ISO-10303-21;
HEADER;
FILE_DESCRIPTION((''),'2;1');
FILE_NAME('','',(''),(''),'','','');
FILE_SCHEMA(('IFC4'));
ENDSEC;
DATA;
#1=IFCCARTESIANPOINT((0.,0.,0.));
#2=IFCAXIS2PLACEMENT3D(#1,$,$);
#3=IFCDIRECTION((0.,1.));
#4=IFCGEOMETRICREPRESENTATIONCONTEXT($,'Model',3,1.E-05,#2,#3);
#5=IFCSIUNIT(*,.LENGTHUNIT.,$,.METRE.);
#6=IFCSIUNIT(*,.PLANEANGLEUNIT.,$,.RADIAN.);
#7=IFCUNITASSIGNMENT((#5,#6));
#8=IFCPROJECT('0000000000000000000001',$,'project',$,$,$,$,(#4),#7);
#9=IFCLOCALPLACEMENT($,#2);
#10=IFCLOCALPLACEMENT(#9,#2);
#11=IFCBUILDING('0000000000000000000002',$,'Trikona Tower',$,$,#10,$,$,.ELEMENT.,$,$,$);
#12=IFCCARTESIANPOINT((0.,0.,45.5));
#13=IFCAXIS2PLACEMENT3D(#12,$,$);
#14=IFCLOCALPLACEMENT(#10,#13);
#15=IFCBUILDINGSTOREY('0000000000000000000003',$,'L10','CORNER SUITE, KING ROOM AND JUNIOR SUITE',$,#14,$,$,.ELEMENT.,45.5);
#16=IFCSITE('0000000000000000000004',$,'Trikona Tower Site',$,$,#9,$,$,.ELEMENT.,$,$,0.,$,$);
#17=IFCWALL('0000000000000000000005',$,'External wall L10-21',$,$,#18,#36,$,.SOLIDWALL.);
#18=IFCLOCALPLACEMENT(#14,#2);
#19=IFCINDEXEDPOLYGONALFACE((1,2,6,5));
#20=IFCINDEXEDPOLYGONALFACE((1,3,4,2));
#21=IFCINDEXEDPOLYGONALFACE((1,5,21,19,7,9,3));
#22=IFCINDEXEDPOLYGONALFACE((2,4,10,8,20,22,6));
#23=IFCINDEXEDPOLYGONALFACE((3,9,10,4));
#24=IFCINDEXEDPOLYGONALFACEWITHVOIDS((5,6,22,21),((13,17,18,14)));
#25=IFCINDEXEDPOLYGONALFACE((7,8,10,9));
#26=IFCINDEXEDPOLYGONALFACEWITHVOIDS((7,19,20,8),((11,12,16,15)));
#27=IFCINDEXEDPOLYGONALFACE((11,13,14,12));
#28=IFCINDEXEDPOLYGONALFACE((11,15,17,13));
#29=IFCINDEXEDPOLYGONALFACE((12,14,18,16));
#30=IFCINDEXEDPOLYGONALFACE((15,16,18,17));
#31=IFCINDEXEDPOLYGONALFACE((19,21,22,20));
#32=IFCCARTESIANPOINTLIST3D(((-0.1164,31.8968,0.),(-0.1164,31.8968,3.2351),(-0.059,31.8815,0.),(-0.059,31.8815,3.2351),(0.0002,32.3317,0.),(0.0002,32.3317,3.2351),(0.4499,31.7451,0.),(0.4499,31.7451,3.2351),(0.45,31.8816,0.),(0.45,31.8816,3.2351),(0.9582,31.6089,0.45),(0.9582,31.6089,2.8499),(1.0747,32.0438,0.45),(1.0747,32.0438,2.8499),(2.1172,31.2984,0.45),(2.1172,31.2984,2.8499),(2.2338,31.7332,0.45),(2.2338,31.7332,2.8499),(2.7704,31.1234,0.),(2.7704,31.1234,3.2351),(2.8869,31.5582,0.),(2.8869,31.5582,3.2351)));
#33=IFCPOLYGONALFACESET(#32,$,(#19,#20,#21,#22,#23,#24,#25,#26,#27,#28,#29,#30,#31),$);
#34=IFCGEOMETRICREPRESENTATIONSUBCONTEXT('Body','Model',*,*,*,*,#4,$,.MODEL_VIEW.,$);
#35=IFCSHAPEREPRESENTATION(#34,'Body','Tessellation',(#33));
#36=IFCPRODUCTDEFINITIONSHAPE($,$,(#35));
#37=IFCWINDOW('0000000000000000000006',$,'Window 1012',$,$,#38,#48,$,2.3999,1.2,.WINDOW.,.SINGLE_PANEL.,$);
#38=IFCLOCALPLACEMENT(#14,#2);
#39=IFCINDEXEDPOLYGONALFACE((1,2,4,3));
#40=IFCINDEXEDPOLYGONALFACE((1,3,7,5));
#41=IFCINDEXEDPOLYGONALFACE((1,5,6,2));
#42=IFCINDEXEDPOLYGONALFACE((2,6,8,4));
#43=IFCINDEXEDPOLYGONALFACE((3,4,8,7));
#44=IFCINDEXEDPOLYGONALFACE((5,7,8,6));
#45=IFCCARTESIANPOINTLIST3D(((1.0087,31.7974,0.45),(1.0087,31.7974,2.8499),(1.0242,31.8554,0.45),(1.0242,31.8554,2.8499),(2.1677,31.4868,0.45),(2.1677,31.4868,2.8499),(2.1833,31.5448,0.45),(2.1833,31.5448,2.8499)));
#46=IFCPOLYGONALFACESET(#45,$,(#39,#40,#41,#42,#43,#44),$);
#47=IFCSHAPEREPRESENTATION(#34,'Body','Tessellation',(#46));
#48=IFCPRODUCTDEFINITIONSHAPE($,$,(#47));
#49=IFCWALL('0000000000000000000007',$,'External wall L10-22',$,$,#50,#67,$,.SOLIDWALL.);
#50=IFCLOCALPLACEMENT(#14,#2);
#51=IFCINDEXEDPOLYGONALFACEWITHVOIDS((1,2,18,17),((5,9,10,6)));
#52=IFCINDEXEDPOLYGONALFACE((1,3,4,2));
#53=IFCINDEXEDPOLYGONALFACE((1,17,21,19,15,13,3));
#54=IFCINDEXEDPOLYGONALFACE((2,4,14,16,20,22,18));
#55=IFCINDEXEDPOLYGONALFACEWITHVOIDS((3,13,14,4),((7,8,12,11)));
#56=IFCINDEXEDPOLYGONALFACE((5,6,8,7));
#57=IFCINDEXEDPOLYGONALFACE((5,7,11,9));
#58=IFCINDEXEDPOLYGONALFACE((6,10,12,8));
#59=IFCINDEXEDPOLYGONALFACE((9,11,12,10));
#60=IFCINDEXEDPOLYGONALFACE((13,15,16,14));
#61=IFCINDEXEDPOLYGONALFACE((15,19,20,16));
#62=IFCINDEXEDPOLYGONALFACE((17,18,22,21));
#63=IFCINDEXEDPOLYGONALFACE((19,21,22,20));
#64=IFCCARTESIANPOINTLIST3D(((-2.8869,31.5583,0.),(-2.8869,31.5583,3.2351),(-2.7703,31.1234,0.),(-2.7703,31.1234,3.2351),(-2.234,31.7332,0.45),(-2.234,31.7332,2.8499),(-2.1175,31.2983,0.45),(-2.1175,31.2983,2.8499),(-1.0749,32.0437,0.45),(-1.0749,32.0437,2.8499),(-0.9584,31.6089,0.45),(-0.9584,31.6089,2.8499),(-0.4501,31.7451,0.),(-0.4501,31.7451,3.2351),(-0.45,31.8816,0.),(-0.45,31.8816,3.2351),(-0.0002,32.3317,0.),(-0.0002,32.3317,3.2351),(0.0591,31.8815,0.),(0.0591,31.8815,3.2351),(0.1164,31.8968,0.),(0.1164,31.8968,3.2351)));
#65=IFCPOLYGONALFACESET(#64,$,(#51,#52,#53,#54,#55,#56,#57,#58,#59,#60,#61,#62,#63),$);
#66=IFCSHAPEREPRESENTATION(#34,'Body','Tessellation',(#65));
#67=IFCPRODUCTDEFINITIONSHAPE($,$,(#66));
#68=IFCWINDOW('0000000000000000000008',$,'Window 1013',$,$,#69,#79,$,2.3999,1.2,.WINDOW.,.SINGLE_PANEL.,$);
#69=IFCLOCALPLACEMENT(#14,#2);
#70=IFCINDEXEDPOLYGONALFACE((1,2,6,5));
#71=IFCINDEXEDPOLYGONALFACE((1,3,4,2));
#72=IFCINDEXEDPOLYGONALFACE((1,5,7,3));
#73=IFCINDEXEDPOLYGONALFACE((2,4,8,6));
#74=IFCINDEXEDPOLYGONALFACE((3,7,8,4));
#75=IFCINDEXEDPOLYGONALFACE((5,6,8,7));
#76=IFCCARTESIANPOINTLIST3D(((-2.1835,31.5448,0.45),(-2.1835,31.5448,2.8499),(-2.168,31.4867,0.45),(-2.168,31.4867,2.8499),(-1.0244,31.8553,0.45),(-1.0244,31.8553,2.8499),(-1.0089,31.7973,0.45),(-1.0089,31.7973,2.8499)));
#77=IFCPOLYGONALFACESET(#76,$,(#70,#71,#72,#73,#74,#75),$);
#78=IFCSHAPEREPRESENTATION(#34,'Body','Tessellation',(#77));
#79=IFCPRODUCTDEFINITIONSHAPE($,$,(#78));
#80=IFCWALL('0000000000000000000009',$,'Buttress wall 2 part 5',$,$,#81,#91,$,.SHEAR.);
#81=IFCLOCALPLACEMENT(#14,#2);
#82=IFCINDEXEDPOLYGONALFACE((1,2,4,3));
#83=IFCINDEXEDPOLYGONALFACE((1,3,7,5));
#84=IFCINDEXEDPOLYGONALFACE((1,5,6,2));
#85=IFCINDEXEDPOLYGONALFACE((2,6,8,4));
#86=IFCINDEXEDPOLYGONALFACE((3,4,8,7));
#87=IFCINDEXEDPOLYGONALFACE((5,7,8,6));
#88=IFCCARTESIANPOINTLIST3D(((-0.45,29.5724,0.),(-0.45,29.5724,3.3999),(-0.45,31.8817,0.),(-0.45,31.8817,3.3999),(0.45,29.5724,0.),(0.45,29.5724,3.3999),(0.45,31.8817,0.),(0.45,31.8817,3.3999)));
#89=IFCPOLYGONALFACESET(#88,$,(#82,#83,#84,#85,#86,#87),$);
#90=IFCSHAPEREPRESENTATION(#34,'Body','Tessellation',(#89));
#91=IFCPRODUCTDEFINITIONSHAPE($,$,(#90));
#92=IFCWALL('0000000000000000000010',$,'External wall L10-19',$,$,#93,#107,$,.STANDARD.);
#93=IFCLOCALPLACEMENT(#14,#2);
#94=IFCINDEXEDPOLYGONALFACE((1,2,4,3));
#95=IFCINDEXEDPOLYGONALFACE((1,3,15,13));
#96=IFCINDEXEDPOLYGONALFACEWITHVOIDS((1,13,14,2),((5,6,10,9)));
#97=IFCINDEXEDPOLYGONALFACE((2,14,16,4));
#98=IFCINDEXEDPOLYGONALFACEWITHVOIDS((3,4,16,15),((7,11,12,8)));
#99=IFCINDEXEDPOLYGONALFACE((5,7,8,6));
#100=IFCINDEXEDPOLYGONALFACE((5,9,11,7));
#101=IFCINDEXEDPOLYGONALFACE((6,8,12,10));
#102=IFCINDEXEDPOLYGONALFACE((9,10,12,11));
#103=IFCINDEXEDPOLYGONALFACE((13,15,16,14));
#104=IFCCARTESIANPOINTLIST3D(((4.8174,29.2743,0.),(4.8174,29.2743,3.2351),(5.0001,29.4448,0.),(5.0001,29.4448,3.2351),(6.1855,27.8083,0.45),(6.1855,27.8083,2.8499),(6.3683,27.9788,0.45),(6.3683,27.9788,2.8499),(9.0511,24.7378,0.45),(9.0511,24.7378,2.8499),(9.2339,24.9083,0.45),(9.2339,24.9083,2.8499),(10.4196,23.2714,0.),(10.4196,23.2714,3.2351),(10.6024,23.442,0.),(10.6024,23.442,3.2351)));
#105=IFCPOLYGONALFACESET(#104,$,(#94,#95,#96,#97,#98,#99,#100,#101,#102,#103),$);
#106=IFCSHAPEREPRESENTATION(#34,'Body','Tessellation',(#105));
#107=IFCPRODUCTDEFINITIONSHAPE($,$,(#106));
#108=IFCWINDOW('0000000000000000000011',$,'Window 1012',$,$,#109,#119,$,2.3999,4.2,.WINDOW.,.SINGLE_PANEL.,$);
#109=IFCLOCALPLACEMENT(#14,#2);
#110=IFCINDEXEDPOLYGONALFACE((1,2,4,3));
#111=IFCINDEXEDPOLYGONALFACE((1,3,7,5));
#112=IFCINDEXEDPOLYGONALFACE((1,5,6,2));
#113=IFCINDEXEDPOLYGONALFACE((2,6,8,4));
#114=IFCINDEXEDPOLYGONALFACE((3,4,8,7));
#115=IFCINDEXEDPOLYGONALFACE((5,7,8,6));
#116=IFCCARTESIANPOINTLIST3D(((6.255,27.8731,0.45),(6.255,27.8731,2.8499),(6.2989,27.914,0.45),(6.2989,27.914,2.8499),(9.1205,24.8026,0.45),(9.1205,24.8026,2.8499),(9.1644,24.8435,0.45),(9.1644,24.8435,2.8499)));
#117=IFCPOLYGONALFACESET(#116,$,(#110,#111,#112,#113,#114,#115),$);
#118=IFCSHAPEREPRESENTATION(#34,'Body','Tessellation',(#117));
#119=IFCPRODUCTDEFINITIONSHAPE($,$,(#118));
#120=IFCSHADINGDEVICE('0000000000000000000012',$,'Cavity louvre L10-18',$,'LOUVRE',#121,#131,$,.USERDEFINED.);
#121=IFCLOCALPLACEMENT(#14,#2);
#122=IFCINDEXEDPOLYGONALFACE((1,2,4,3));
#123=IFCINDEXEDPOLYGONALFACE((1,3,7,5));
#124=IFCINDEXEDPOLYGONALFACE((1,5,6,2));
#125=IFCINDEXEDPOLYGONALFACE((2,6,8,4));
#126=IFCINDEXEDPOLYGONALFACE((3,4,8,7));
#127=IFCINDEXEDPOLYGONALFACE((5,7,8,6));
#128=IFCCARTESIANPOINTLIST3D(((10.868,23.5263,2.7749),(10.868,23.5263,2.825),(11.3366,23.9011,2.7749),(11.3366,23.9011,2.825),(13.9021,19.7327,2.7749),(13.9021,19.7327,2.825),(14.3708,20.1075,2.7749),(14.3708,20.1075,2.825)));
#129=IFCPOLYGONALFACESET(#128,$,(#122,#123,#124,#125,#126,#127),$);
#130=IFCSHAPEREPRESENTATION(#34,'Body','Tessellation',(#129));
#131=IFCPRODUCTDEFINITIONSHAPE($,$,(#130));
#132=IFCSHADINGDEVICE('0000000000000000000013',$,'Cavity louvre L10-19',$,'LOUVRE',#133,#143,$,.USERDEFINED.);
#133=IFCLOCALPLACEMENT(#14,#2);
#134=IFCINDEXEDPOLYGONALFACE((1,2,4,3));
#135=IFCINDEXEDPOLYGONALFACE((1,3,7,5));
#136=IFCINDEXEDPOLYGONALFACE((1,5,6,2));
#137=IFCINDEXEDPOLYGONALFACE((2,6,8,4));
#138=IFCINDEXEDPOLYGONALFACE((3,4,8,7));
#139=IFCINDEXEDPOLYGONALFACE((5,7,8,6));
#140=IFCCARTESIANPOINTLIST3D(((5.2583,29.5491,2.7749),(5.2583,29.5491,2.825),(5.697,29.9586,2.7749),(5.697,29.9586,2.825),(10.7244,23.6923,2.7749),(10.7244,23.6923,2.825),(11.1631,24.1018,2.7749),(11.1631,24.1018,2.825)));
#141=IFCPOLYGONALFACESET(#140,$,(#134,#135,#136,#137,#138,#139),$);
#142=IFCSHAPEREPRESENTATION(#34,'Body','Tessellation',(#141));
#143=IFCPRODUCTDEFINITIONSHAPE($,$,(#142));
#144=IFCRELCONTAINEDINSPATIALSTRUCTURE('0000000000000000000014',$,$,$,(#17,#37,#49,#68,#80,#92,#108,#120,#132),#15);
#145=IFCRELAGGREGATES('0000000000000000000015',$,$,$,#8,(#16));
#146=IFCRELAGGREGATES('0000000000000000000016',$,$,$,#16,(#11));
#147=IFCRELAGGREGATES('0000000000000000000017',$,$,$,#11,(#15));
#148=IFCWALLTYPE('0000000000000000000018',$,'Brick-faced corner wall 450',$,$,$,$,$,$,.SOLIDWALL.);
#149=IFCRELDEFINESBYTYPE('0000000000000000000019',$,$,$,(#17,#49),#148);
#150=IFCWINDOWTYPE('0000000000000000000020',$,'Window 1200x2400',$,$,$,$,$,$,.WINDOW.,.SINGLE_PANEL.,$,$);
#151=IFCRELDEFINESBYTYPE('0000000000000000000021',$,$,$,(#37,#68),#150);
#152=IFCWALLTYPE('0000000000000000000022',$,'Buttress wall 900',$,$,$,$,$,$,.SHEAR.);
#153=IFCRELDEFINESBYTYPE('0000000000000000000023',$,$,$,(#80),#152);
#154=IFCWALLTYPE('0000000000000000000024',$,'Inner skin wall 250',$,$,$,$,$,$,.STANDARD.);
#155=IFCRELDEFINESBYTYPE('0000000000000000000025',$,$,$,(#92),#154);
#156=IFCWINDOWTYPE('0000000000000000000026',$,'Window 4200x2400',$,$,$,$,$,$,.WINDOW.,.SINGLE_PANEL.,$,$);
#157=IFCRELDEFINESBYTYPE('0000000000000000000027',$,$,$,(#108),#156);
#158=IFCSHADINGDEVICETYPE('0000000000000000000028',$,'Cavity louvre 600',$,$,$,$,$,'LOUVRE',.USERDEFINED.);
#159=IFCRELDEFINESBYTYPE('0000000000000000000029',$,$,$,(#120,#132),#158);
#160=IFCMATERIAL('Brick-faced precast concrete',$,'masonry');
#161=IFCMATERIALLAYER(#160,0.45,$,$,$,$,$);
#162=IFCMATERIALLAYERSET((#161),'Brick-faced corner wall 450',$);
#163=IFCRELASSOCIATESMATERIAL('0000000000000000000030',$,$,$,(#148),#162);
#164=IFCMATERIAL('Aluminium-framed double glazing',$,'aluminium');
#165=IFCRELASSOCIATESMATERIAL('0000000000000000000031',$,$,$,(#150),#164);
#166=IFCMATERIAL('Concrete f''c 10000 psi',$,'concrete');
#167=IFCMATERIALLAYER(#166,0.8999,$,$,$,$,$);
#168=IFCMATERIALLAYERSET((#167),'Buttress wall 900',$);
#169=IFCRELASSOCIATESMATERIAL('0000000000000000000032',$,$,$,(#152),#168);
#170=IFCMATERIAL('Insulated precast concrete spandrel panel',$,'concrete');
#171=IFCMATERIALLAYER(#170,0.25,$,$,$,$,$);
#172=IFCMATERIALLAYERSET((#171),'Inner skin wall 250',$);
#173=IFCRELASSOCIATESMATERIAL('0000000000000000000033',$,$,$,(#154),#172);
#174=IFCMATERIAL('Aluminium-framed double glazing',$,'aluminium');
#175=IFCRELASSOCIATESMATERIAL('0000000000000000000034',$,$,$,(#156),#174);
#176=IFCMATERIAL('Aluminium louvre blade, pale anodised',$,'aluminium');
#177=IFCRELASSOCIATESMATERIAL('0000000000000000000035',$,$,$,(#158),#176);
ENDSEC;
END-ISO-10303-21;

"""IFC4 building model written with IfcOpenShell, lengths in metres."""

from ifc_helpers import new_model, si_unit, direction, frame, frame_2d, origin, origin_2d, place, context, subcontext, project, spatial, polyline, rectangle, outline, extrude, material, layer, layer_set, type_object, element, fill, save


model = new_model("IFC4")

# Units and contexts
model_context = context("Model", 3, precision=1e-05, world=origin(), true_north=direction((0.0, 1.0)))
body_context = subcontext(model_context, "Body", "Model", "MODEL_VIEW")
ifc_project = project(units=[si_unit("LENGTHUNIT", "METRE"), si_unit("PLANEANGLEUNIT", "RADIAN")], contexts=[model_context])

# Site, building, storey
site_placement = place(None, origin())
site = spatial("IfcSite", under=ifc_project, at=site_placement, Name="Trikona Tower Site", CompositionType="ELEMENT", RefElevation=0.0)
building_placement = place(site_placement, origin())
building = spatial("IfcBuilding", under=site, at=building_placement, Name="Trikona Tower", CompositionType="ELEMENT")
storey_placement = place(building_placement, frame((0.0, 0.0, 45.5)))
storey = spatial("IfcBuildingStorey", under=building, at=storey_placement, Name="L10", Description="CORNER SUITE, KING ROOM AND JUNIOR SUITE", CompositionType="ELEMENT", Elevation=45.5)

# Walls, openings, windows
ifc_material_1 = material(Name="Brick-faced precast concrete", Category="masonry")
ifc_layer_1 = layer(ifc_material_1, 0.45)
ifc_layer_set_1 = layer_set([ifc_layer_1], Name="Brick-faced corner wall 450")
wall_type_1 = type_object("IfcWallType", Name="Brick-faced corner wall 450", PredefinedType="SOLIDWALL", material=ifc_layer_set_1)
wall_1_placement = place(storey_placement, frame((2.8286, 31.3408, 0.0), z_axis=(0.0, 0.0, 1.0), x_axis=(-0.965931, 0.258801, 0.0)))
wall_1 = element("IfcWall", 1, at=wall_1_placement, inside=storey, type_object=wall_type_1, Name="External wall L10-21", PredefinedType="SOLIDWALL", context=body_context, shape_type="SweptSolid", body=[
    extrude(outline(polyline([(2.9885, 0.2251), (2.9292, 0.2251), (2.4375, 0.0933), (2.4023, 0.2251), (0.0, 0.2251), (0.0, -0.2251), (2.9885, -0.2251), (2.9885, 0.2251)])), origin(), (0.0, 0.0, 1.0), 3.2351),
])
opening_1_placement = place(wall_1_placement, frame((0.676, 0.0, 0.45)))
opening_1 = element("IfcOpeningElement", 2, at=opening_1_placement, cuts=wall_1, PredefinedType="OPENING", context=body_context, shape_type="SweptSolid", body=[
    extrude(rectangle(XDim=1.2, YDim=2.3999, at=frame_2d((0.6001, 1.2))), frame((0.0, 0.2349, 0.0), z_axis=(0.0, -1.0, 0.0), x_axis=(1.0, 0.0, 0.0)), (0.0, 0.0, 1.0), 0.47),
])
ifc_material_2 = material(Name="Aluminium-framed double glazing", Category="aluminium")
window_type_1 = type_object("IfcWindowType", Name="Window 1200x2400", PartitioningType="SINGLE_PANEL", PredefinedType="WINDOW", material=ifc_material_2)
window_1_placement = place(opening_1_placement, origin())
window_1 = element("IfcWindow", 3, at=window_1_placement, inside=storey, type_object=window_type_1, Name="Window 1012", OverallHeight=2.3999, OverallWidth=1.2, PartitioningType="SINGLE_PANEL", PredefinedType="WINDOW", context=body_context, shape_type="SweptSolid", body=[
    extrude(rectangle(XDim=1.2, YDim=2.3999, at=frame_2d((0.6001, 1.2))), frame((0.0, 0.03, 0.0), z_axis=(0.0, -1.0, 0.0), x_axis=(1.0, 0.0, 0.0)), (0.0, 0.0, 1.0), 0.0601),
])
fill(opening_1, window_1)
wall_2_placement = place(storey_placement, frame((0.0581, 32.1143, 0.0), z_axis=(0.0, 0.0, 1.0), x_axis=(-0.965931, -0.258801, 0.0)))
wall_2 = element("IfcWall", 4, at=wall_2_placement, inside=storey, type_object=wall_type_1, Name="External wall L10-22", PredefinedType="SOLIDWALL", context=body_context, shape_type="SweptSolid", body=[
    extrude(outline(polyline([(2.9885, 0.2251), (0.5864, 0.2251), (0.551, 0.0933), (0.0593, 0.2251), (0.0, 0.2251), (0.0, -0.2251), (2.9885, -0.2251), (2.9885, 0.2251)])), origin(), (0.0, 0.0, 1.0), 3.2351),
])
opening_2_placement = place(wall_2_placement, frame((1.1125, 0.0, 0.45)))
opening_2 = element("IfcOpeningElement", 5, at=opening_2_placement, cuts=wall_2, PredefinedType="OPENING", context=body_context, shape_type="SweptSolid", body=[
    extrude(rectangle(XDim=1.2, YDim=2.3999, at=frame_2d((0.6001, 1.2))), frame((0.0, 0.2349, 0.0), z_axis=(0.0, -1.0, 0.0), x_axis=(1.0, 0.0, 0.0)), (0.0, 0.0, 1.0), 0.47),
])
window_2_placement = place(opening_2_placement, origin())
window_2 = element("IfcWindow", 6, at=window_2_placement, inside=storey, type_object=window_type_1, Name="Window 1013", OverallHeight=2.3999, OverallWidth=1.2, PartitioningType="SINGLE_PANEL", PredefinedType="WINDOW", context=body_context, shape_type="SweptSolid", body=[
    extrude(rectangle(XDim=1.2, YDim=2.3999, at=frame_2d((0.6001, 1.2))), frame((0.0, 0.03, 0.0), z_axis=(0.0, -1.0, 0.0), x_axis=(1.0, 0.0, 0.0)), (0.0, 0.0, 1.0), 0.0601),
])
fill(opening_2, window_2)

# Wall
ifc_material_3 = material(Name="Concrete f'c 10000 psi", Category="concrete")
ifc_layer_2 = layer(ifc_material_3, 0.8999)
ifc_layer_set_2 = layer_set([ifc_layer_2], Name="Buttress wall 900")
wall_type_2 = type_object("IfcWallType", Name="Buttress wall 900", PredefinedType="SHEAR", material=ifc_layer_set_2)
wall_3_placement = place(storey_placement, frame((0.0, 29.5723, 0.0), z_axis=(0.0, 0.0, 1.0), x_axis=(0.0, 1.0, 0.0)))
element("IfcWall", 7, at=wall_3_placement, inside=storey, type_object=wall_type_2, Name="Buttress wall 2 part 5", PredefinedType="SHEAR", context=body_context, shape_type="SweptSolid", body=[
    extrude(rectangle(XDim=2.3093, YDim=0.8999, at=frame_2d((1.1548, 0.0))), origin(), (0.0, 0.0, 1.0), 3.3999),
])

# Wall, opening, window
ifc_material_4 = material(Name="Insulated precast concrete spandrel panel", Category="concrete")
ifc_layer_3 = layer(ifc_material_4, 0.25)
ifc_layer_set_3 = layer_set([ifc_layer_3], Name="Inner skin wall 250")
wall_type_3 = type_object("IfcWallType", Name="Inner skin wall 250", PredefinedType="STANDARD", material=ifc_layer_set_3)
wall_4_placement = place(storey_placement, frame((10.511, 23.3567, 0.0), z_axis=(0.0, 0.0, 1.0), x_axis=(-0.68229, 0.731082, 0.0)))
wall_4 = element("IfcWall", 8, at=wall_4_placement, inside=storey, type_object=wall_type_3, Name="External wall L10-19", PredefinedType="STANDARD", context=body_context, shape_type="SweptSolid", body=[
    extrude(rectangle(XDim=8.2109, YDim=0.25, at=frame_2d((4.1055, 0.0))), origin(), (0.0, 0.0, 1.0), 3.2351),
])
opening_3_placement = place(wall_4_placement, frame((2.0056, 0.0, 0.45)))
opening_3 = element("IfcOpeningElement", 9, at=opening_3_placement, cuts=wall_4, PredefinedType="OPENING", context=body_context, shape_type="SweptSolid", body=[
    extrude(rectangle(XDim=4.2, YDim=2.3999, at=frame_2d((2.1001, 1.2))), frame((0.0, 0.135, 0.0), z_axis=(0.0, -1.0, 0.0), x_axis=(1.0, 0.0, 0.0)), (0.0, 0.0, 1.0), 0.27),
])
ifc_material_5 = material(Name="Aluminium-framed double glazing", Category="aluminium")
window_type_2 = type_object("IfcWindowType", Name="Window 4200x2400", PartitioningType="SINGLE_PANEL", PredefinedType="WINDOW", material=ifc_material_5)
window_3_placement = place(opening_3_placement, origin())
window_3 = element("IfcWindow", 10, at=window_3_placement, inside=storey, type_object=window_type_2, Name="Window 1012", OverallHeight=2.3999, OverallWidth=4.2, PartitioningType="SINGLE_PANEL", PredefinedType="WINDOW", context=body_context, shape_type="SweptSolid", body=[
    extrude(rectangle(XDim=4.2, YDim=2.3999, at=frame_2d((2.1001, 1.2))), frame((0.0, 0.03, 0.0), z_axis=(0.0, -1.0, 0.0), x_axis=(1.0, 0.0, 0.0)), (0.0, 0.0, 1.0), 0.0601),
])
fill(opening_3, window_3)

# Shading devices
ifc_material_6 = material(Name="Aluminium louvre blade, pale anodised", Category="aluminium")
shading_device_type = type_object("IfcShadingDeviceType", Name="Cavity louvre 600", ElementType="LOUVRE", PredefinedType="USERDEFINED", material=ifc_material_6)
shading_device_1_placement = place(storey_placement, frame((12.6194, 21.8169, 2.7749), z_axis=(0.0, 0.0, 1.0), x_axis=(-0.624604, 0.780942, 0.0)))
element("IfcShadingDevice", 11, at=shading_device_1_placement, inside=storey, type_object=shading_device_type, Name="Cavity louvre L10-18", ObjectType="LOUVRE", PredefinedType="USERDEFINED", context=body_context, shape_type="SweptSolid", body=[
    extrude(rectangle(XDim=4.8577, YDim=0.6001, at=origin_2d()), origin(), (0.0, 0.0, 1.0), 0.05),
])
shading_device_2_placement = place(storey_placement, frame((8.2107, 26.8254, 2.7749), z_axis=(0.0, 0.0, 1.0), x_axis=(-0.682298, 0.731074, 0.0)))
element("IfcShadingDevice", 12, at=shading_device_2_placement, inside=storey, type_object=shading_device_type, Name="Cavity louvre L10-19", ObjectType="LOUVRE", PredefinedType="USERDEFINED", context=body_context, shape_type="SweptSolid", body=[
    extrude(rectangle(XDim=8.0112, YDim=0.6001, at=origin_2d()), origin(), (0.0, 0.0, 1.0), 0.05),
])

save(model, "model.ifc")
